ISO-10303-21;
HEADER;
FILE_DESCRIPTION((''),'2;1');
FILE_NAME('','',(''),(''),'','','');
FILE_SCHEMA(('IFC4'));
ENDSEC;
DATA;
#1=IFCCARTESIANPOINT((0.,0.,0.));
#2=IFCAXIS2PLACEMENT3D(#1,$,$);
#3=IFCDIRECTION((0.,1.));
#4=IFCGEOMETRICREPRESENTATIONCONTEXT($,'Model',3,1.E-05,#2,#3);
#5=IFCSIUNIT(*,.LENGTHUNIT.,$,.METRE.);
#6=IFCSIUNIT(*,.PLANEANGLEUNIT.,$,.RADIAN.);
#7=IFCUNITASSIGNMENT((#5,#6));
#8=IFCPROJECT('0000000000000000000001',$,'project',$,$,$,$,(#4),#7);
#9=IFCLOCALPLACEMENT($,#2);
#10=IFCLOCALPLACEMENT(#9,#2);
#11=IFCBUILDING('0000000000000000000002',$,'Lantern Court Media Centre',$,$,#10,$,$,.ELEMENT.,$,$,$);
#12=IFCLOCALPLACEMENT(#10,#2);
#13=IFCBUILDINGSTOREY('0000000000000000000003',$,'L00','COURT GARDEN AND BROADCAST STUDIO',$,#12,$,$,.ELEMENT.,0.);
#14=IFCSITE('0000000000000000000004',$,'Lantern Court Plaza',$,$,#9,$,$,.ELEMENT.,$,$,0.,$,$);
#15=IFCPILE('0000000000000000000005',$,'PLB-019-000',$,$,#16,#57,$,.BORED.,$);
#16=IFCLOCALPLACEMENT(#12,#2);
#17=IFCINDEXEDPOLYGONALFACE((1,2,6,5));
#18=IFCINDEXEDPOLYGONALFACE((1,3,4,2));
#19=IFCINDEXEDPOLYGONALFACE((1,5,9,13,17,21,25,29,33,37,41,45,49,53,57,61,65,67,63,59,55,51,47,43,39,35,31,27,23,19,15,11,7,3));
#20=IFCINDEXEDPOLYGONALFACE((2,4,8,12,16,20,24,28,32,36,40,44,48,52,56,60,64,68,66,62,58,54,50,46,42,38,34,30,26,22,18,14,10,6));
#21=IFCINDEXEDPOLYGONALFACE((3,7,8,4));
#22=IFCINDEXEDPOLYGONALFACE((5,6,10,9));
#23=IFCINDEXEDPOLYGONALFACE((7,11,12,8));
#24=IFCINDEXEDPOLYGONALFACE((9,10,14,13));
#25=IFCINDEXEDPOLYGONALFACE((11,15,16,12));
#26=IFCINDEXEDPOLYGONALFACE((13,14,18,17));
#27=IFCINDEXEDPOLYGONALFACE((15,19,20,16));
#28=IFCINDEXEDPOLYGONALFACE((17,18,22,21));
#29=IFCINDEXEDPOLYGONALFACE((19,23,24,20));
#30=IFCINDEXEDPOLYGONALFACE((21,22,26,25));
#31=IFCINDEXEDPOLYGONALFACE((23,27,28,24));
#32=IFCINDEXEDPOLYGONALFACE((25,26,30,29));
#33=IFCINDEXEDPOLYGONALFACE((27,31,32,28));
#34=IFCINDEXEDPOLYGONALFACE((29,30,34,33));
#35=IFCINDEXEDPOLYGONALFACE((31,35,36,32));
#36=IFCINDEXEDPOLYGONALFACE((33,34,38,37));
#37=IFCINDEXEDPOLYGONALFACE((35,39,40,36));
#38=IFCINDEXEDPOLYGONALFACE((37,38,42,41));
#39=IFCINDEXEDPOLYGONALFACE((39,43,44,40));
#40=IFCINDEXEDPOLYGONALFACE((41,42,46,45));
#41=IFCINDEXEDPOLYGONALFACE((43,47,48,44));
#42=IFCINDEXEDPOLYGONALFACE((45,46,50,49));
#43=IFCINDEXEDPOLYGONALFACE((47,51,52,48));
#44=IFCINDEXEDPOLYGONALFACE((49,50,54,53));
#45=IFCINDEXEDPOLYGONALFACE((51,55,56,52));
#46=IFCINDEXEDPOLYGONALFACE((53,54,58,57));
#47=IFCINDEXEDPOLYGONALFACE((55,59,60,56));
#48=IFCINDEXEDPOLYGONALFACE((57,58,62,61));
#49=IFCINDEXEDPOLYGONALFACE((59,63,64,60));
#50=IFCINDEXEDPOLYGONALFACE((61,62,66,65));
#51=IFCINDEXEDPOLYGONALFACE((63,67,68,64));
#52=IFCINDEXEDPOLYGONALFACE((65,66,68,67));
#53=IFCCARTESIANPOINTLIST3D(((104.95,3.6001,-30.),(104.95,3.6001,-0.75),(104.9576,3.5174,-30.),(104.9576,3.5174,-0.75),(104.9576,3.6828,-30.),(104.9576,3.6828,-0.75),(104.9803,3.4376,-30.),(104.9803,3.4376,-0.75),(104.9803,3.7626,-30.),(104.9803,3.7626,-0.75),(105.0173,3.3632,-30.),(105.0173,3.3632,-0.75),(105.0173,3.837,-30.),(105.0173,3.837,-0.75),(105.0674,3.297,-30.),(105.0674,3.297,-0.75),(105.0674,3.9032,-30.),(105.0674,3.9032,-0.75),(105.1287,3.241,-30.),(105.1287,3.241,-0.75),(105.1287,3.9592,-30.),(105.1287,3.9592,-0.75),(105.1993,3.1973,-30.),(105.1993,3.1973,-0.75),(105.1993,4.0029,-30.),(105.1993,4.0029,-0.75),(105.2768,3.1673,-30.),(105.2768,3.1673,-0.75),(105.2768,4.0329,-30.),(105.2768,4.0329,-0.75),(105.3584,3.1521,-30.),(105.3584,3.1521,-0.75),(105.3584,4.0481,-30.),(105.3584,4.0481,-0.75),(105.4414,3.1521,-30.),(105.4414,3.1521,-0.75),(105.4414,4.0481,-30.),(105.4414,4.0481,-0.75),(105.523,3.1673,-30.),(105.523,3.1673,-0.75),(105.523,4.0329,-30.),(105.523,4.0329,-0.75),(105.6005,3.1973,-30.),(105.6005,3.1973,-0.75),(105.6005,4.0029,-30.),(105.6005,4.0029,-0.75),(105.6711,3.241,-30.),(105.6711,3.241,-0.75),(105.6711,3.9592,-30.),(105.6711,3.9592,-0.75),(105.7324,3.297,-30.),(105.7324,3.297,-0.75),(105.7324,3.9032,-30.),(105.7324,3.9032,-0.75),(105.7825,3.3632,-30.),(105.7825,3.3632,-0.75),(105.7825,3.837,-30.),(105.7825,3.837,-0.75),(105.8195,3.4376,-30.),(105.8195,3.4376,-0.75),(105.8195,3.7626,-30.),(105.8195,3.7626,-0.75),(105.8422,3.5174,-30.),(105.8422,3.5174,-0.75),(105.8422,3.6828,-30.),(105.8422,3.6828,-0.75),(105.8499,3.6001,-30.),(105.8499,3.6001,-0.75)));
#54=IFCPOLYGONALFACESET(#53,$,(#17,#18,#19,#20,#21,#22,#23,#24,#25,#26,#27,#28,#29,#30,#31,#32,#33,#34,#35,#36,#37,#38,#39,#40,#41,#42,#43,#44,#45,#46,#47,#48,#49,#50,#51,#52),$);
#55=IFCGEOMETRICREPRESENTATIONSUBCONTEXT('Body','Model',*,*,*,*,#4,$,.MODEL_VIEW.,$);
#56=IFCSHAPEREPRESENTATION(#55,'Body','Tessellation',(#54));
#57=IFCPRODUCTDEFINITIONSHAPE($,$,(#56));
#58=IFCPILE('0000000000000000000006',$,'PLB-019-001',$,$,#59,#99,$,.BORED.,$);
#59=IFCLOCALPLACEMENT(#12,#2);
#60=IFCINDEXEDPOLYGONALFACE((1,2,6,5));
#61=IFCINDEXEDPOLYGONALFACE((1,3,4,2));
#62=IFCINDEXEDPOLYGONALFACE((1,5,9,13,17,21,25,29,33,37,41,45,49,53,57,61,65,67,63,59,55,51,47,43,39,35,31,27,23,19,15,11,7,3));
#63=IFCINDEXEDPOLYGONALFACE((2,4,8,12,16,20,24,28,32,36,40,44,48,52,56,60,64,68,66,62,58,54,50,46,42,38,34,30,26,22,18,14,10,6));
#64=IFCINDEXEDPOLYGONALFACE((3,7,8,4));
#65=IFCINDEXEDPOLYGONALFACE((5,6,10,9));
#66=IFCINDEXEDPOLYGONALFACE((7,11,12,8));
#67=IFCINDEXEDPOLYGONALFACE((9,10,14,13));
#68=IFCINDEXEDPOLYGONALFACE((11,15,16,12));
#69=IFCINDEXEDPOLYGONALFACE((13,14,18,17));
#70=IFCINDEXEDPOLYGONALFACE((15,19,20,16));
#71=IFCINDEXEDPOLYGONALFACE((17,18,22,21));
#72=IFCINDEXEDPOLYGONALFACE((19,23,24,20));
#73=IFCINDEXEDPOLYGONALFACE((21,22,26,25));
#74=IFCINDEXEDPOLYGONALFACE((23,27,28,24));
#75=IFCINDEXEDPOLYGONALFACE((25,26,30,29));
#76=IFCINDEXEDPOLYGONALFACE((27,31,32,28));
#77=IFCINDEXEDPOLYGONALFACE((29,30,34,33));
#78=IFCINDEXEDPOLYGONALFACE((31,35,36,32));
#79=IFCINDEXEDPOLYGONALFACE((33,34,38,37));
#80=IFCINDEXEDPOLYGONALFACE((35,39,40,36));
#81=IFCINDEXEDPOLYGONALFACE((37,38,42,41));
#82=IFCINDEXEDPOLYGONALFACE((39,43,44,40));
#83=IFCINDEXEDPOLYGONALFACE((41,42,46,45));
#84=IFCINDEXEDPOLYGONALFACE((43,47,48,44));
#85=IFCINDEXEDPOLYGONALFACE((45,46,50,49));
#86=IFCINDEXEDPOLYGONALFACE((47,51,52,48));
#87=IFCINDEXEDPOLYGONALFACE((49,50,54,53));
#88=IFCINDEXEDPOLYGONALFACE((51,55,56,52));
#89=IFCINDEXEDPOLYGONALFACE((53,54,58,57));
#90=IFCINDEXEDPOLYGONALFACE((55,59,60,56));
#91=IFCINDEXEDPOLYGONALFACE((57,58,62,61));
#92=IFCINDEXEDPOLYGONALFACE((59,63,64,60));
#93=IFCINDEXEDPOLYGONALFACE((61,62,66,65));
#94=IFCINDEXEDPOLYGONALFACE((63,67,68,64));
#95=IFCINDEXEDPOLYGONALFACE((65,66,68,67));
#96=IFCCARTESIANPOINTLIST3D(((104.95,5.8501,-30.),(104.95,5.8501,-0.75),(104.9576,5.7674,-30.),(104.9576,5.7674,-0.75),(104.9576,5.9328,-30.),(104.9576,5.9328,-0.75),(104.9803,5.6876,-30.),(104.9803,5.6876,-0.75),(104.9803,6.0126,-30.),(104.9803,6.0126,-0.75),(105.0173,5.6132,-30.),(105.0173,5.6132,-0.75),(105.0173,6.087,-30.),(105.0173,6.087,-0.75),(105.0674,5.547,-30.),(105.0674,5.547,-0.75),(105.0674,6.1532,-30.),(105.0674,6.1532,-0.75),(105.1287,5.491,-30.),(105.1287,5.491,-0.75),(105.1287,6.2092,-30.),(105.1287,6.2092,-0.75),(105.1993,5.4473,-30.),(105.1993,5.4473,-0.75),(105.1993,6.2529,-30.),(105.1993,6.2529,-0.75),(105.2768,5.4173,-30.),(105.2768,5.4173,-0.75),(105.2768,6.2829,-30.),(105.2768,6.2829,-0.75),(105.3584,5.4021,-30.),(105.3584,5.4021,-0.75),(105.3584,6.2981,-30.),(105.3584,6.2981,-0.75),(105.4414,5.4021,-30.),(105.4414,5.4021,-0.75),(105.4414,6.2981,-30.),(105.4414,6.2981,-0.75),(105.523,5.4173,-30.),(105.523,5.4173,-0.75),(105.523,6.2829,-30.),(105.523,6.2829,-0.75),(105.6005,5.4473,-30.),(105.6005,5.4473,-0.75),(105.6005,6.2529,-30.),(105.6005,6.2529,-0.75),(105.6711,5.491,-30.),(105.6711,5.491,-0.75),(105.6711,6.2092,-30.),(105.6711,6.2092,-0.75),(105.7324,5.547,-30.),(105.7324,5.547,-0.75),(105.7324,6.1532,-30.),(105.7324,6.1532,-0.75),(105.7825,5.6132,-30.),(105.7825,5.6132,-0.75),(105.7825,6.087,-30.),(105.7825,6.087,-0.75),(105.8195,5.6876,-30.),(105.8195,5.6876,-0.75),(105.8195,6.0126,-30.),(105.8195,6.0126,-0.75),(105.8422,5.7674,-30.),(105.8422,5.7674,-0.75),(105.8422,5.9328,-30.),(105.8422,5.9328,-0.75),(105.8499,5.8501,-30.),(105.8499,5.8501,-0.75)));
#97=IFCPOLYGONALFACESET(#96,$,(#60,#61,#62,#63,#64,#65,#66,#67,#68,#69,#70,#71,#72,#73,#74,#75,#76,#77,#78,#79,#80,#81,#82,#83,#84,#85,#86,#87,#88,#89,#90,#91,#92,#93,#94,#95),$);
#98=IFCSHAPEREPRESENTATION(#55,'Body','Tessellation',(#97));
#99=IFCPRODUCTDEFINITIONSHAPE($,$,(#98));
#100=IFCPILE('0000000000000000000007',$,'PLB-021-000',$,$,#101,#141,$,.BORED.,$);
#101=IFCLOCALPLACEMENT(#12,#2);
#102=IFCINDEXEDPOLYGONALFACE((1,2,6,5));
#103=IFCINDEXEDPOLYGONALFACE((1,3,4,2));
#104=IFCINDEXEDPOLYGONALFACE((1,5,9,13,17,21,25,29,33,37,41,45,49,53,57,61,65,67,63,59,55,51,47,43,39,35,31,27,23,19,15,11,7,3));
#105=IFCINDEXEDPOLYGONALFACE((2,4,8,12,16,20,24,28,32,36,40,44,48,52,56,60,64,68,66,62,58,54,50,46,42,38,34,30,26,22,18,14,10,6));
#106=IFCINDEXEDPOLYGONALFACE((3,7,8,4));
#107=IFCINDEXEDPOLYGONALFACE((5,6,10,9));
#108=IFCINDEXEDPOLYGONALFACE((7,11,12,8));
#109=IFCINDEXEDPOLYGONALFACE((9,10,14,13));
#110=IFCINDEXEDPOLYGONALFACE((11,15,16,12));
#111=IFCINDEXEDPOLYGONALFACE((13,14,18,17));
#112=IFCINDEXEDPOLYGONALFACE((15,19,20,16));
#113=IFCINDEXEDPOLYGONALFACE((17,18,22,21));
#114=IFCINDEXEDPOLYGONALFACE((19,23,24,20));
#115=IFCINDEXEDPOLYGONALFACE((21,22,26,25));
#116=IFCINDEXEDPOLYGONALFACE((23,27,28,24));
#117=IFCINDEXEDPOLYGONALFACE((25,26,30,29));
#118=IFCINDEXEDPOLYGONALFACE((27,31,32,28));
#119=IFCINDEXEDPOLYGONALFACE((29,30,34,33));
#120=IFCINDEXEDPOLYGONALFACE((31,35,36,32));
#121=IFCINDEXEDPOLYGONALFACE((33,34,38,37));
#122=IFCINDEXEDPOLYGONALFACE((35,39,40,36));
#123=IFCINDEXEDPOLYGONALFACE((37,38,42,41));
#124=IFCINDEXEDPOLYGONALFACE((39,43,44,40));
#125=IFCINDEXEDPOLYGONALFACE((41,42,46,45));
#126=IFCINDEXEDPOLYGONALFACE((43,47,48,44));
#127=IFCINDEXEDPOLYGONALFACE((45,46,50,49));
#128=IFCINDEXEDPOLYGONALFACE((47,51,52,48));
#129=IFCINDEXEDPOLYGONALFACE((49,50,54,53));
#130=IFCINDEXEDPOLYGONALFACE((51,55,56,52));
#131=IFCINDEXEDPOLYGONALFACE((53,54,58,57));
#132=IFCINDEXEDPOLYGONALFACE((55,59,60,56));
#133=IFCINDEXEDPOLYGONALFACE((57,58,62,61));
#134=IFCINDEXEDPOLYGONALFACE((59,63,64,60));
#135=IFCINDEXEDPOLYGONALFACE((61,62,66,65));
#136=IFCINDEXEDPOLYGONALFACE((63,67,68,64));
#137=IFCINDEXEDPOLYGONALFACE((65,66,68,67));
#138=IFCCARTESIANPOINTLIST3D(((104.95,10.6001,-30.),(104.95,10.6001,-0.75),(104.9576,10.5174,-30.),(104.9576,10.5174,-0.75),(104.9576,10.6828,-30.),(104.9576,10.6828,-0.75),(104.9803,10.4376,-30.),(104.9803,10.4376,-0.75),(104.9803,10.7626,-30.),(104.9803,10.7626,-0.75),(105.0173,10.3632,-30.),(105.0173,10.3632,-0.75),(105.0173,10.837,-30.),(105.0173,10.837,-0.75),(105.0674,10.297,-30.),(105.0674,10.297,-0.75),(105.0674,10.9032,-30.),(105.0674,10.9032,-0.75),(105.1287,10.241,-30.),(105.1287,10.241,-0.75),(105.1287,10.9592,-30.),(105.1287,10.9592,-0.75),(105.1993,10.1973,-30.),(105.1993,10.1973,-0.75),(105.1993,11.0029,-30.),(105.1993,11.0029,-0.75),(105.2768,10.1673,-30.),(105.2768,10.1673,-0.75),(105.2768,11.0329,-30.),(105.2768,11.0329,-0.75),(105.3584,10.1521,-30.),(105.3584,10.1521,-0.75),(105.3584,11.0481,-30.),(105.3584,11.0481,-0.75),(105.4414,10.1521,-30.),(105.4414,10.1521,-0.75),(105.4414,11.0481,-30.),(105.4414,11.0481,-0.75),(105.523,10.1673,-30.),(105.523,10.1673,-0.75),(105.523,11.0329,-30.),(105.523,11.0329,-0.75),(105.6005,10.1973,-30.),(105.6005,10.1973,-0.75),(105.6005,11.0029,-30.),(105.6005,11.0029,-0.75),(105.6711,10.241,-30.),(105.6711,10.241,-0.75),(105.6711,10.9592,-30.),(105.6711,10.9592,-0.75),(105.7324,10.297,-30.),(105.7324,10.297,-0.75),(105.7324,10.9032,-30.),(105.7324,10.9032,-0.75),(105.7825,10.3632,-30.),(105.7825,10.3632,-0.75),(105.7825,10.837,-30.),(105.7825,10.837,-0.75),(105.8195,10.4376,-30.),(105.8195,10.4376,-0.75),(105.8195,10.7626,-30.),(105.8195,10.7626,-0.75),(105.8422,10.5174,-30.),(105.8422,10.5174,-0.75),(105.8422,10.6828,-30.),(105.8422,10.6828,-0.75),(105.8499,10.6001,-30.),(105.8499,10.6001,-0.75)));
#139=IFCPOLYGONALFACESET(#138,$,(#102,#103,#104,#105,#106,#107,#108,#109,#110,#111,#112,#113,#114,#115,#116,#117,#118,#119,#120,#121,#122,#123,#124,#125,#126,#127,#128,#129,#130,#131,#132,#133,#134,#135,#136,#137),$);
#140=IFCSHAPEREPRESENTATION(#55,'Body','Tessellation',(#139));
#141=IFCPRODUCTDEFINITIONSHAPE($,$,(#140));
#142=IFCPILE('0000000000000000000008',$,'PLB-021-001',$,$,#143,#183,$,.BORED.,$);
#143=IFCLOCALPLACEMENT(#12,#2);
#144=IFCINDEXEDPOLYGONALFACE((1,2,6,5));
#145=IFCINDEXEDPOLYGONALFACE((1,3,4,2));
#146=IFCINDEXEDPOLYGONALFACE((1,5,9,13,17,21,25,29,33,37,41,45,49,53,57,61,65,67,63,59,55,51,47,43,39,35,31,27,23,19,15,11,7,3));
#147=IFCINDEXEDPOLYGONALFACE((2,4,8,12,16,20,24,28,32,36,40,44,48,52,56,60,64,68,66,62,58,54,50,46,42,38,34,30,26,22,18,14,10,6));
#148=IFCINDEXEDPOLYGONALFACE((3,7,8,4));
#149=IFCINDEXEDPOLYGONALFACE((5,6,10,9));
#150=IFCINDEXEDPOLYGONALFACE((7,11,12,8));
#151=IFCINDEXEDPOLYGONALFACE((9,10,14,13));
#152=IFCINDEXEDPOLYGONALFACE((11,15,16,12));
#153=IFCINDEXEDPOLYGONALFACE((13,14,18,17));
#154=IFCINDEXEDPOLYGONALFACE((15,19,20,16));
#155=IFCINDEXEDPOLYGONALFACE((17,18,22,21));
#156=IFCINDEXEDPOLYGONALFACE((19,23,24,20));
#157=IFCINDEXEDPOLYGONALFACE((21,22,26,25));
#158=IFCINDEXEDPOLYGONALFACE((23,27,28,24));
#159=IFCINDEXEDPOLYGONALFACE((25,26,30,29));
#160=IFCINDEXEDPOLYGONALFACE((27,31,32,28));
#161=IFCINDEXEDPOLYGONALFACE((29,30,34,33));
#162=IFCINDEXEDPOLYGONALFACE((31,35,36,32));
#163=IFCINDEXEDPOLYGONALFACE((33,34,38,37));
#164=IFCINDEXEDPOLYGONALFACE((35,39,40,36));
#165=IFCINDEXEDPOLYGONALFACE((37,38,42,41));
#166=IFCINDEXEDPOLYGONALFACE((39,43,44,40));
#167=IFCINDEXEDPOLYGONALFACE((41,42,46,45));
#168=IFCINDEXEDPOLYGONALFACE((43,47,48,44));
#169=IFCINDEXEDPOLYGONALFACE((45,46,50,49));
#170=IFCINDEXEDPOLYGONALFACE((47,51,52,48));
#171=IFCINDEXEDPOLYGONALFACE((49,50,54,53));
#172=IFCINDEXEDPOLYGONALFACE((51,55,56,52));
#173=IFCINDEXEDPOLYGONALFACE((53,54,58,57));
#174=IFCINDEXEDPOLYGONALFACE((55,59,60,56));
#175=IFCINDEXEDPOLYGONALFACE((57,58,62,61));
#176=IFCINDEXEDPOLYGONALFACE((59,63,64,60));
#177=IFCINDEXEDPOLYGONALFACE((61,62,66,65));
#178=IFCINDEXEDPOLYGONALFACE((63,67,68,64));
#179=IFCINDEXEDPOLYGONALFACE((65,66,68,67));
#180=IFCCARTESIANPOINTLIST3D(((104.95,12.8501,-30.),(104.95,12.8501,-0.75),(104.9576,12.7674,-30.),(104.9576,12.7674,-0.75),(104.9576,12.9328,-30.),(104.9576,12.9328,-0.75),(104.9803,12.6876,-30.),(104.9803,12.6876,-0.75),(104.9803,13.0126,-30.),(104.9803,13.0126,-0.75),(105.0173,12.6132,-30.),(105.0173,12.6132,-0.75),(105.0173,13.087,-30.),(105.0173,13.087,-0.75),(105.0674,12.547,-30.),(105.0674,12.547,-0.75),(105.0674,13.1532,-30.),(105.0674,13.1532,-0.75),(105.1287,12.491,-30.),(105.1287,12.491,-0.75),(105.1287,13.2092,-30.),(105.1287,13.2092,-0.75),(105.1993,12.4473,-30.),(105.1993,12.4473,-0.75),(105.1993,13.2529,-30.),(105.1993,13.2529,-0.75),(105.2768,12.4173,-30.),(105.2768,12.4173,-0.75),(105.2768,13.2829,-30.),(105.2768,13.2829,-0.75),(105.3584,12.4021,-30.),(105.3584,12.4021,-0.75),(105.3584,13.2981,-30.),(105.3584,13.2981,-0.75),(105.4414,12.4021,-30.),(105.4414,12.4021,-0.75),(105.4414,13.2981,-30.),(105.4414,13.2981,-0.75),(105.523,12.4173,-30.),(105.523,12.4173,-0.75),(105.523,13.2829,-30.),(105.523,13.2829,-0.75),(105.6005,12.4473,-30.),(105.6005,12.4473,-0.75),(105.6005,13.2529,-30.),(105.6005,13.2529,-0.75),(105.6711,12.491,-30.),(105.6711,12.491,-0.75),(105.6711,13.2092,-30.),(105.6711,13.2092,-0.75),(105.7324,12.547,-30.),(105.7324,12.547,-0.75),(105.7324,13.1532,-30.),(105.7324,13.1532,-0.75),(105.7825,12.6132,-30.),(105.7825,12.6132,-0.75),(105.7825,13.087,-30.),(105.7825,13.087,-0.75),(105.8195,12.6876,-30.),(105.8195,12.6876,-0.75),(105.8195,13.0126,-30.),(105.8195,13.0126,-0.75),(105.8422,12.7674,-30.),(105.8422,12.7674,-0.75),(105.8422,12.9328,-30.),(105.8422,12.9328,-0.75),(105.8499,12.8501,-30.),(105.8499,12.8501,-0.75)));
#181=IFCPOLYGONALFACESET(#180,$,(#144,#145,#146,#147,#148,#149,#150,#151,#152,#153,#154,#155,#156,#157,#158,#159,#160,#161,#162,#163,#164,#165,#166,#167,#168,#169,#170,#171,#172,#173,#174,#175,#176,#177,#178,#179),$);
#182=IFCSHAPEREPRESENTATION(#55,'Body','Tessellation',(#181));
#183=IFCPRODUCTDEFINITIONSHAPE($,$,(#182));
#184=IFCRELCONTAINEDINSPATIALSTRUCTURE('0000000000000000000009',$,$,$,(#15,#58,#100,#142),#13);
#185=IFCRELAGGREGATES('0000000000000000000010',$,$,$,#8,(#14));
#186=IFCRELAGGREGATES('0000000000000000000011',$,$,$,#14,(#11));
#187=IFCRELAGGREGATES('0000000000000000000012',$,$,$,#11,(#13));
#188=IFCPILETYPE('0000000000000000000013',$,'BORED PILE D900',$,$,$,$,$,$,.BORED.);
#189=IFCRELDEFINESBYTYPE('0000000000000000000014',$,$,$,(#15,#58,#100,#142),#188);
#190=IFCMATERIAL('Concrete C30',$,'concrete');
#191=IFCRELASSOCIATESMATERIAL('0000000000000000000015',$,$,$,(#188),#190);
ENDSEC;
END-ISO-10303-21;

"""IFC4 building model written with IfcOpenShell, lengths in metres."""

from ifc_helpers import new_model, si_unit, direction, frame, origin, origin_2d, place, context, subcontext, project, spatial, circle, extrude, material, material_profile, profile_set, type_object, element, save


model = new_model("IFC4")

# Units and contexts
model_context = context("Model", 3, precision=1e-05, world=origin(), true_north=direction((0.0, 1.0)))
body_context = subcontext(model_context, "Body", "Model", "MODEL_VIEW")
ifc_project = project(units=[si_unit("LENGTHUNIT", "METRE"), si_unit("PLANEANGLEUNIT", "RADIAN")], contexts=[model_context])

# Site, building, storey
site_placement = place(None, origin())
site = spatial("IfcSite", under=ifc_project, at=site_placement, Name="Lantern Court Plaza", CompositionType="ELEMENT", RefElevation=0.0)
building_placement = place(site_placement, origin())
building = spatial("IfcBuilding", under=site, at=building_placement, Name="Lantern Court Media Centre", CompositionType="ELEMENT")
storey_placement = place(building_placement, origin())
storey = spatial("IfcBuildingStorey", under=building, at=storey_placement, Name="L00", Description="COURT GARDEN AND BROADCAST STUDIO", CompositionType="ELEMENT", Elevation=0.0)

# Piles
ifc_material_1 = material(Name="Concrete C30", Category="concrete")
ifc_material_profile_1 = material_profile(ifc_material_1, circle(Radius=0.45, at=origin_2d()), Name="D900")
ifc_profile_set_1 = profile_set([ifc_material_profile_1], Name="Concrete C30")
pile_type = type_object("IfcPileType", Name="BORED PILE D900", PredefinedType="BORED", material=ifc_profile_set_1)
for number, where, z_axis, x_axis, name in (
    (1, (105.3999, 3.6001, -0.75), (0.0, 0.0, -1.0), (1.0, 0.0, 0.0), "PLB-019-000"),
    (2, (105.3999, 5.8501, -0.75), (0.0, 0.0, -1.0), (1.0, 0.0, 0.0), "PLB-019-001"),
    (3, (105.3999, 10.6001, -0.75), (0.0, 0.0, -1.0), (1.0, 0.0, 0.0), "PLB-021-000"),
    (4, (105.3999, 12.8501, -0.75), (0.0, 0.0, -1.0), (1.0, 0.0, 0.0), "PLB-021-001"),
):
    element("IfcPile", number, at=place(storey_placement, frame(where, z_axis=z_axis, x_axis=x_axis)), inside=storey, type_object=pile_type, Name=name, PredefinedType="BORED", context=body_context, shape_type="SweptSolid", body=[
        extrude(circle(Radius=0.45, at=origin_2d()), origin(), (0.0, 0.0, 1.0), 29.25),
    ])

save(model, "model.ifc")
